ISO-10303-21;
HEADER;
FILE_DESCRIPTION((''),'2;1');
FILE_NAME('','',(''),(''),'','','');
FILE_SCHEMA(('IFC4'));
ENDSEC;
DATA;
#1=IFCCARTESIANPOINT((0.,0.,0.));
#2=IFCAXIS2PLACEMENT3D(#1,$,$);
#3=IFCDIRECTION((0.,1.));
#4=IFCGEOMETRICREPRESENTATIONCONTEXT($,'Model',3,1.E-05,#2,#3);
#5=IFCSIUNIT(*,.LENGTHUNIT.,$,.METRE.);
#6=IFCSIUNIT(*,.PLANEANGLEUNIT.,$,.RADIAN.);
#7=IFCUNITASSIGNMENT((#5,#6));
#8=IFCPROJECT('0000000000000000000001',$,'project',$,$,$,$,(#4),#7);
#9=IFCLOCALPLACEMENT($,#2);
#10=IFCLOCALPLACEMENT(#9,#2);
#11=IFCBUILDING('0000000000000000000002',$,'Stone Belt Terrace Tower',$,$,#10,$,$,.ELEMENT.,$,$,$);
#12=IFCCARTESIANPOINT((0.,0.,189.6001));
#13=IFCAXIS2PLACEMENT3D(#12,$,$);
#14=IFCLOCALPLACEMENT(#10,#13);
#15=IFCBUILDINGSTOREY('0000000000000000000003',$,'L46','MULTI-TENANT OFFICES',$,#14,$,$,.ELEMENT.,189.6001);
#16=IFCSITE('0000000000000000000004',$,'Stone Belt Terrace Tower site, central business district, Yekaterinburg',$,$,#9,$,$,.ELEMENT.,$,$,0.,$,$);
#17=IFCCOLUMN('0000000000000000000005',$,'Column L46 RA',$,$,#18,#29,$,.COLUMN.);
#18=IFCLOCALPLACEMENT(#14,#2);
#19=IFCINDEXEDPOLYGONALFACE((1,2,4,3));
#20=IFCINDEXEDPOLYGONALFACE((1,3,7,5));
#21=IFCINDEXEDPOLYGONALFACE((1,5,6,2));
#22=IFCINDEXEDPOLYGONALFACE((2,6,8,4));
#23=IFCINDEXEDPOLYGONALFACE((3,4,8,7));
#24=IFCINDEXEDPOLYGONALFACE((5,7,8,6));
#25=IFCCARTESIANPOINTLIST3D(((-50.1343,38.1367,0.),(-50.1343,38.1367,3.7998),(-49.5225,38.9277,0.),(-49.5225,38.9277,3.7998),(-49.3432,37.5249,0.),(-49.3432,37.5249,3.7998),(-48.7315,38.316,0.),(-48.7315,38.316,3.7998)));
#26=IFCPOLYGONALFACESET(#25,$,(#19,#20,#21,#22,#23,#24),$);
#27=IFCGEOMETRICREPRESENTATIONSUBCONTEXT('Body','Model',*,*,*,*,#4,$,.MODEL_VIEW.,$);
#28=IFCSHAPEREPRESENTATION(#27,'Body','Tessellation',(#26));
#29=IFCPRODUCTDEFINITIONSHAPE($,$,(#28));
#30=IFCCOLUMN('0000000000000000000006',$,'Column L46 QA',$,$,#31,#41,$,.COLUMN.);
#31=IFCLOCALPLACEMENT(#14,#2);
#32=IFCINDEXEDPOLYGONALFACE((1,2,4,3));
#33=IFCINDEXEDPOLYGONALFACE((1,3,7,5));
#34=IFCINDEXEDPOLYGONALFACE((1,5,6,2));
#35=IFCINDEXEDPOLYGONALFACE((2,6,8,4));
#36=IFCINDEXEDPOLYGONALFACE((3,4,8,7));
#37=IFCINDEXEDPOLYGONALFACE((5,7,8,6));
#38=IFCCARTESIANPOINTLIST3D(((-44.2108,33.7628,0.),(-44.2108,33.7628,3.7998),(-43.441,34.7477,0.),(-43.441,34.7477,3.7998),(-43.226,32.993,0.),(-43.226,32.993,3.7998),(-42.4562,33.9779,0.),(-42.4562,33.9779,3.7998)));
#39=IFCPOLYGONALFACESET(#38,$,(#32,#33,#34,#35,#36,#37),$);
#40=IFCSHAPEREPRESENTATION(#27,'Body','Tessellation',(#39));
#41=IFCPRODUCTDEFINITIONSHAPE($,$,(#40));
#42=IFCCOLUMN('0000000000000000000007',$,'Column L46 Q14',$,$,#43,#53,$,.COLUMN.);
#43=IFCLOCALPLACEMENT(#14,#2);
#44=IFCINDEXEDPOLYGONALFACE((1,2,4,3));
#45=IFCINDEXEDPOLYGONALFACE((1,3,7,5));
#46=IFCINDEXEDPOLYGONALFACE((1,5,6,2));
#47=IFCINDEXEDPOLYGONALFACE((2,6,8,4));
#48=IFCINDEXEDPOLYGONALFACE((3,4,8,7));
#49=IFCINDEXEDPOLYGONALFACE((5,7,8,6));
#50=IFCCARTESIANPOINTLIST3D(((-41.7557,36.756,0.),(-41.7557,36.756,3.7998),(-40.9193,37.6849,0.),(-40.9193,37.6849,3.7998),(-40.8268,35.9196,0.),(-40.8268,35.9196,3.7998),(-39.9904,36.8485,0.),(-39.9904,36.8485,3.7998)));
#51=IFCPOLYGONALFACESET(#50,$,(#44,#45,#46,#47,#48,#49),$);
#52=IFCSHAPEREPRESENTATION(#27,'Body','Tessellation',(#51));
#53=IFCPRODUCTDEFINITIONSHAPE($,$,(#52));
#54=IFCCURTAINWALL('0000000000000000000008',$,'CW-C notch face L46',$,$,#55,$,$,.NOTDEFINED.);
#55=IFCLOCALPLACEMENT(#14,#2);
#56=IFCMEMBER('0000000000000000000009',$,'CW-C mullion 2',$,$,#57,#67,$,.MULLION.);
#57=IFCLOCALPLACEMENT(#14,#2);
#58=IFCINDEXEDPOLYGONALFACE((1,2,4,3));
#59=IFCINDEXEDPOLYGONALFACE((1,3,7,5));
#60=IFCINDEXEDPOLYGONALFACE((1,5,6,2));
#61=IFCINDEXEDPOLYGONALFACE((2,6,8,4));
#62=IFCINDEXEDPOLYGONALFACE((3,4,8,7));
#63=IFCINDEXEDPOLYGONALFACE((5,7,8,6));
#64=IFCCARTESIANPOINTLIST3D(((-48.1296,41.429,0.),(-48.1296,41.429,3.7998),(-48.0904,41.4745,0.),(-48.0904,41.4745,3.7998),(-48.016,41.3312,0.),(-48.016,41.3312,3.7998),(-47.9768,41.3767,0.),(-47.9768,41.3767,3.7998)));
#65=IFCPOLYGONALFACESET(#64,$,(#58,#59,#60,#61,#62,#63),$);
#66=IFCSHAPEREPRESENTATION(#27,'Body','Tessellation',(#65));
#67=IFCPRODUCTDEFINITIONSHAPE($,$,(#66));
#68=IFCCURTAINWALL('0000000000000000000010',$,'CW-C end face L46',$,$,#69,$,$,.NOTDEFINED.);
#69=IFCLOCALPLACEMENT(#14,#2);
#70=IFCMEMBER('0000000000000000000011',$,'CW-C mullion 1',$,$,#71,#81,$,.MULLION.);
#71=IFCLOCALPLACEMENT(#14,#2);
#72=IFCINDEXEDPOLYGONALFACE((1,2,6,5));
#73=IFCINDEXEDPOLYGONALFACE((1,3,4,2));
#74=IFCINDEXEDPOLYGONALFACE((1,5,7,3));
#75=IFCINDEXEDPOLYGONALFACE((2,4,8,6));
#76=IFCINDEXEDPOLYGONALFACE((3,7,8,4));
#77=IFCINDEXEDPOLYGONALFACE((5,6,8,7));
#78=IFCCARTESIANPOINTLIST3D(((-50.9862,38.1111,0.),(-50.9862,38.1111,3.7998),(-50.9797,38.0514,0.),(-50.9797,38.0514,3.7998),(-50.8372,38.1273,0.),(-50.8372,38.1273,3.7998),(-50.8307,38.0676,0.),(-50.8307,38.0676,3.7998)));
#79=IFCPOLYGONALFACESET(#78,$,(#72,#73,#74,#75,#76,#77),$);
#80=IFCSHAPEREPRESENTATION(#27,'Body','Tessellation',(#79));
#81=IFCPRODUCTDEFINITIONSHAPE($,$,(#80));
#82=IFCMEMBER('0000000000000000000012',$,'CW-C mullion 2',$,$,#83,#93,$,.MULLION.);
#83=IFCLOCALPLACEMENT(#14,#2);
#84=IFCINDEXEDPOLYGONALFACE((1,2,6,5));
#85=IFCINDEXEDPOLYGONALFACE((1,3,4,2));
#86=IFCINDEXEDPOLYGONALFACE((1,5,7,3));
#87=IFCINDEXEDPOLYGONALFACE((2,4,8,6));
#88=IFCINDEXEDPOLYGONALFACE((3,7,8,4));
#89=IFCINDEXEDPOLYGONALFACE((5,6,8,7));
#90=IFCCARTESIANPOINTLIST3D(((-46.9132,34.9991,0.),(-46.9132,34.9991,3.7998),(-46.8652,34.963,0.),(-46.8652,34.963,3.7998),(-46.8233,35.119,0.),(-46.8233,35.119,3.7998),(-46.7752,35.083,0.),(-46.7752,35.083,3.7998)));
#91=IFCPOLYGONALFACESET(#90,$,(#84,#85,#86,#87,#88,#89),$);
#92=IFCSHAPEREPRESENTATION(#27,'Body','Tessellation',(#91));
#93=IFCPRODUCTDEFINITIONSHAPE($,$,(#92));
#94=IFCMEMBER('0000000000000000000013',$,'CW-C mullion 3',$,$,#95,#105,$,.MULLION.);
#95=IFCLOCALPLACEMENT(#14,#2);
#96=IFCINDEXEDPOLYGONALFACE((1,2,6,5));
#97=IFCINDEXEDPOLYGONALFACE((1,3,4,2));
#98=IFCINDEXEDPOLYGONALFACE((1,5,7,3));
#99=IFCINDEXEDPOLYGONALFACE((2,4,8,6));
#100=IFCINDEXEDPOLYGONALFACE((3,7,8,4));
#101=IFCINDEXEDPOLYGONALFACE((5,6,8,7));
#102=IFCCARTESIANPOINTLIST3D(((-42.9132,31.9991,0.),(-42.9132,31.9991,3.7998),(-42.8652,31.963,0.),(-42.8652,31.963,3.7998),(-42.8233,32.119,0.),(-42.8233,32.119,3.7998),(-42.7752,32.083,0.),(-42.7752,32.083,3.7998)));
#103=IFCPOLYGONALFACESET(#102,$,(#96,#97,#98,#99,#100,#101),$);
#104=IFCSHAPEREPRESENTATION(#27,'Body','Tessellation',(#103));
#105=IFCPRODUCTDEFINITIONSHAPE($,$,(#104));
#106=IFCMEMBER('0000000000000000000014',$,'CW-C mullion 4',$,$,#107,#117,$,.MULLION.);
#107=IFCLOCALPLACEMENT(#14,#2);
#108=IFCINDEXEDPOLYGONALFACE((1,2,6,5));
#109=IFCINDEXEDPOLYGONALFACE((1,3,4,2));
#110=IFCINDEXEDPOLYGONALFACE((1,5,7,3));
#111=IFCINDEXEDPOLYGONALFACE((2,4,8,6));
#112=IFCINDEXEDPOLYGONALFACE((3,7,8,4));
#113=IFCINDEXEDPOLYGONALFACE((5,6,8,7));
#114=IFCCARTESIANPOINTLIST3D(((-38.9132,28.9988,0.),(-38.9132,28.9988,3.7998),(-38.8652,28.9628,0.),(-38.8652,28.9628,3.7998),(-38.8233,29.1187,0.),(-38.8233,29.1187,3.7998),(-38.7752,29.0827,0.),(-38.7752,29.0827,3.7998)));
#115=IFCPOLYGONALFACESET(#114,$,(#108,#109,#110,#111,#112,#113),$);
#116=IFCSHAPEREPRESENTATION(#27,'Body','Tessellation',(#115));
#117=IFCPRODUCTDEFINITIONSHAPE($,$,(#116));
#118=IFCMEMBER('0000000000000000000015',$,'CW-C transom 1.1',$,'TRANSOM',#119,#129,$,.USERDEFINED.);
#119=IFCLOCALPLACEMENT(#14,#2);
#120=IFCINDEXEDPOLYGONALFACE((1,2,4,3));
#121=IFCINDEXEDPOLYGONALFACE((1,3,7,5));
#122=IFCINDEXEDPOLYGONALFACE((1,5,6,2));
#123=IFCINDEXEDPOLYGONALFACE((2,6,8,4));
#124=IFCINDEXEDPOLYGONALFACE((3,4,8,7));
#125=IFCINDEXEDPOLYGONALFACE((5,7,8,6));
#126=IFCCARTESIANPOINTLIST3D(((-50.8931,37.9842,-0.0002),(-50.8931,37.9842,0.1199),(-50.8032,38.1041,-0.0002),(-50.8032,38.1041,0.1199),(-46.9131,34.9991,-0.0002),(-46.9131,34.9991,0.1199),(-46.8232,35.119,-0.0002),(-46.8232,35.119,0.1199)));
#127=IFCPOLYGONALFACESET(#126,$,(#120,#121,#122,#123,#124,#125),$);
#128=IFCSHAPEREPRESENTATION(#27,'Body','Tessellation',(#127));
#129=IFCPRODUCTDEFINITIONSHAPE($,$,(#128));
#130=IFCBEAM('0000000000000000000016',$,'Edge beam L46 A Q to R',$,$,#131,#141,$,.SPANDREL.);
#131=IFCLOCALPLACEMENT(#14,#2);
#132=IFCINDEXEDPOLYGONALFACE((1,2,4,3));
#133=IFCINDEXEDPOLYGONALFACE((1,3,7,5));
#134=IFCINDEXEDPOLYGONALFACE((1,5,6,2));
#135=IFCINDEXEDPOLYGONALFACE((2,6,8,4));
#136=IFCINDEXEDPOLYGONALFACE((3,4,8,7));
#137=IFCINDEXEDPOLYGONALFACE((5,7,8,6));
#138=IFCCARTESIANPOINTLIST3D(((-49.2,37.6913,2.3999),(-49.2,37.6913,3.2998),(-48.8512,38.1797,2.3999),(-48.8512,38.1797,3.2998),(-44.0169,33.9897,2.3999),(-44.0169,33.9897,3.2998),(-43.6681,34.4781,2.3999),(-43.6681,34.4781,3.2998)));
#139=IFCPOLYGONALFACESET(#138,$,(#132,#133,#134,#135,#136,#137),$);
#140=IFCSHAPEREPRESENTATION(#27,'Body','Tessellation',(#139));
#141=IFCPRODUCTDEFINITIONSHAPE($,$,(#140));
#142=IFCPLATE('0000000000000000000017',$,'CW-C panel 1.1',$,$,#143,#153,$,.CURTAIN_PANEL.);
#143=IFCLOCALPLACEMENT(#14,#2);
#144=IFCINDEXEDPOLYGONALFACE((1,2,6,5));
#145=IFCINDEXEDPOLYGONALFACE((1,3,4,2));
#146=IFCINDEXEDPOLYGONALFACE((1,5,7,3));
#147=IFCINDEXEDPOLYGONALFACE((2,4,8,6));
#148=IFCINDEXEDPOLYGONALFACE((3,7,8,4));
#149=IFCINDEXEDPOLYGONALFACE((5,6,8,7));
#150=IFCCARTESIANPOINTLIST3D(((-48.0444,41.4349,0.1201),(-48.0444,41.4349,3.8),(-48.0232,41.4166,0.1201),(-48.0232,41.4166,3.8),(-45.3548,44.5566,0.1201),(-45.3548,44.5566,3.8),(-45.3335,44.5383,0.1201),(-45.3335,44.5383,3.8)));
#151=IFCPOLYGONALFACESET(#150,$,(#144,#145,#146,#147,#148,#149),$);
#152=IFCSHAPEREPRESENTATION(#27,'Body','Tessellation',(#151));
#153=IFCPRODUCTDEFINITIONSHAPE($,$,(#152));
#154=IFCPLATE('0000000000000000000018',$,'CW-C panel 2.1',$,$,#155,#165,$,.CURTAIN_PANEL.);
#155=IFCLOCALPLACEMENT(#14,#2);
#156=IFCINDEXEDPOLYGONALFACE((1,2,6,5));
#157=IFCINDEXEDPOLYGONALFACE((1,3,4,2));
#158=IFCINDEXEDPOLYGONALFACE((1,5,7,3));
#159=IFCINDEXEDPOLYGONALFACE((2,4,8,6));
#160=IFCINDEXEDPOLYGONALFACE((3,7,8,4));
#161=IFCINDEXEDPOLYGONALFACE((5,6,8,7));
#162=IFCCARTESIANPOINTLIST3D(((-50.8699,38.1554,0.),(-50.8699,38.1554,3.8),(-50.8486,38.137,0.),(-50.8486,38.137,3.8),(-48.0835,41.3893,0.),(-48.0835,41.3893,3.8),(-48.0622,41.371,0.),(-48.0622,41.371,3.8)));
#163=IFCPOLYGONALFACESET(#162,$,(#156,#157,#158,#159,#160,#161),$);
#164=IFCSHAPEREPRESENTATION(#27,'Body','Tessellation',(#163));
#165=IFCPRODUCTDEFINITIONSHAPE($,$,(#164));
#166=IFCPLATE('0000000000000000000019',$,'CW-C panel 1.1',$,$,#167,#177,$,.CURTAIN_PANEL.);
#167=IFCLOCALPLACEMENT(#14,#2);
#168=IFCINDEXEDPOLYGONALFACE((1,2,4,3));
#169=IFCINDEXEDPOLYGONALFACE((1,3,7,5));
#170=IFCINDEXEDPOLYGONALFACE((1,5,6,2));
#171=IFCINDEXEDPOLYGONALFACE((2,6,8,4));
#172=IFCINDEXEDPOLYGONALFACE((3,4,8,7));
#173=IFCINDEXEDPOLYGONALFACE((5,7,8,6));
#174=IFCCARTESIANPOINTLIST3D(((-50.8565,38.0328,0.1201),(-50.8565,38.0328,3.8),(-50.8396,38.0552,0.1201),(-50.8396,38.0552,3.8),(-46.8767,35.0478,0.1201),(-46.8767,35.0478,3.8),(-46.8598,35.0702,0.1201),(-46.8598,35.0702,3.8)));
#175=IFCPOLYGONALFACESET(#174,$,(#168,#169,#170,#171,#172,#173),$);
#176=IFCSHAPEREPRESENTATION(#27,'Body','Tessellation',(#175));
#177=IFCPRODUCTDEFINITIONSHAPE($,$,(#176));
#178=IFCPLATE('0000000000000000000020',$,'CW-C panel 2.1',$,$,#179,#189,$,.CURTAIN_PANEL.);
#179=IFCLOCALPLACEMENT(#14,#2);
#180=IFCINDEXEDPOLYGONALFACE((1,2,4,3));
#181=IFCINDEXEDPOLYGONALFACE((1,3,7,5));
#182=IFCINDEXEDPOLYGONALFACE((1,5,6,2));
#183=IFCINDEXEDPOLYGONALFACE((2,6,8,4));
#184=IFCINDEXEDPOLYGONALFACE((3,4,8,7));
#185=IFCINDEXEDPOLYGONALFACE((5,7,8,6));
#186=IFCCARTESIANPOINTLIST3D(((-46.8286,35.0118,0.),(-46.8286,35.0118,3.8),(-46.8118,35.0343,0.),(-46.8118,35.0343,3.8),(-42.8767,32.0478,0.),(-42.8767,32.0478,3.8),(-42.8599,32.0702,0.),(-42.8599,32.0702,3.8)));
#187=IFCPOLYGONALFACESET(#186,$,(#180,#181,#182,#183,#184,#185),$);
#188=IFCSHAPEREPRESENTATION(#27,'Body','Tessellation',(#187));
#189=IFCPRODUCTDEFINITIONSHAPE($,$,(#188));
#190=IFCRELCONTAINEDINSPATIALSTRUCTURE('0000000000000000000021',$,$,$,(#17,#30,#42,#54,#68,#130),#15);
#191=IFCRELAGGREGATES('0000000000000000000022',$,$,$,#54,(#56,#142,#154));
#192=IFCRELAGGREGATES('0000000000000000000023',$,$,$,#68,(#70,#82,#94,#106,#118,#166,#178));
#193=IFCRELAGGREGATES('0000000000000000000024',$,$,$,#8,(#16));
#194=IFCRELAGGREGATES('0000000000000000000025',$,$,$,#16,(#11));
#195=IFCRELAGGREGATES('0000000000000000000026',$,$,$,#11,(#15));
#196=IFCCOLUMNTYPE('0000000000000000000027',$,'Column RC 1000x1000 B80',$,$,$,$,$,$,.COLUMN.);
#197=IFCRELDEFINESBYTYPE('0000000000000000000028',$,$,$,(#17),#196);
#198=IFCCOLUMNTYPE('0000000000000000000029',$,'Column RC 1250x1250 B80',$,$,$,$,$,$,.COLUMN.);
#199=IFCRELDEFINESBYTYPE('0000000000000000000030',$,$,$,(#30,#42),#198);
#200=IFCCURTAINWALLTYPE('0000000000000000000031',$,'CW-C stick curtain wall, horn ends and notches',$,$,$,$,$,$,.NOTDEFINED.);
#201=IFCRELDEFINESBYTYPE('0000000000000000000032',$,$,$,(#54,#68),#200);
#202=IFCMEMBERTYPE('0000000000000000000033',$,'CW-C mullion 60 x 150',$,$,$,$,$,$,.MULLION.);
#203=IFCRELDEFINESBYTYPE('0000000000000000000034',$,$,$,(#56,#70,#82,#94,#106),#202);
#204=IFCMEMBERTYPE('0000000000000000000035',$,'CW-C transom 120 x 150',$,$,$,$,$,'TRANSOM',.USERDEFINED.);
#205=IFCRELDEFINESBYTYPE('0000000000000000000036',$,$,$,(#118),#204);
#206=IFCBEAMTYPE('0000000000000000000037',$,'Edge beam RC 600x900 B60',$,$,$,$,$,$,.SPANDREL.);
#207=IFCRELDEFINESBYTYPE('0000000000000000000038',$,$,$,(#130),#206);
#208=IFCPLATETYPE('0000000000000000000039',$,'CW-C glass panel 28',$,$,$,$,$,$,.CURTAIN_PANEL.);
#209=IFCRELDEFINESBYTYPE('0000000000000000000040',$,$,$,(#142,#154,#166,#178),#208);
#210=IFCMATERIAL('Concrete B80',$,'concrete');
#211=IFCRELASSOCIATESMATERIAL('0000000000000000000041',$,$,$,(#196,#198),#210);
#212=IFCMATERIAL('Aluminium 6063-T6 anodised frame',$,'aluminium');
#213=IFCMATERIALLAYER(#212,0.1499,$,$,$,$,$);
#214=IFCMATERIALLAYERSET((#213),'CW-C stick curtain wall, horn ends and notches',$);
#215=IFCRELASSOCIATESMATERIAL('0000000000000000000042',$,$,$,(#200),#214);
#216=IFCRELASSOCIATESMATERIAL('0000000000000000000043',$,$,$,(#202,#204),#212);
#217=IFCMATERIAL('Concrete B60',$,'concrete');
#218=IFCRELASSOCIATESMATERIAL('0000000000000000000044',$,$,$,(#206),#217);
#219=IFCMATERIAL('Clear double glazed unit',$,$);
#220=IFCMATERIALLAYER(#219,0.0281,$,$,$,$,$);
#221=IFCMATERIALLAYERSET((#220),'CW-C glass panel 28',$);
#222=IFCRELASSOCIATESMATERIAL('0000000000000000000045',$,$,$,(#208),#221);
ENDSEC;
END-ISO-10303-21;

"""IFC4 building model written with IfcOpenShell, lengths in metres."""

from ifc_helpers import new_model, si_unit, direction, frame, origin, origin_2d, place, context, subcontext, project, spatial, rectangle, extrude, material, layer, layer_set, material_profile, profile_set, type_object, element, aggregate, save


model = new_model("IFC4")

# Units and contexts
model_context = context("Model", 3, precision=1e-05, world=origin(), true_north=direction((0.0, 1.0)))
body_context = subcontext(model_context, "Body", "Model", "MODEL_VIEW")
ifc_project = project(units=[si_unit("LENGTHUNIT", "METRE"), si_unit("PLANEANGLEUNIT", "RADIAN")], contexts=[model_context])

# Site, building, storey
site_placement = place(None, origin())
site = spatial("IfcSite", under=ifc_project, at=site_placement, Name="Stone Belt Terrace Tower site, central business district, Yekaterinburg", CompositionType="ELEMENT", RefElevation=0.0)
building_placement = place(site_placement, origin())
building = spatial("IfcBuilding", under=site, at=building_placement, Name="Stone Belt Terrace Tower", CompositionType="ELEMENT")
storey_placement = place(building_placement, frame((0.0, 0.0, 189.6001)))
storey = spatial("IfcBuildingStorey", under=building, at=storey_placement, Name="L46", Description="MULTI-TENANT OFFICES", CompositionType="ELEMENT", Elevation=189.6001)

# Columns
ifc_material_1 = material(Name="Concrete B80", Category="concrete")
ifc_material_profile_1 = material_profile(ifc_material_1, rectangle(XDim=1.0, YDim=1.0, at=origin_2d()), Name="RC 1000x1000")
ifc_profile_set_1 = profile_set([ifc_material_profile_1], Name="Concrete B80")
column_type_1 = type_object("IfcColumnType", Name="Column RC 1000x1000 B80", PredefinedType="COLUMN", material=ifc_profile_set_1)
column_placement = place(storey_placement, frame((-49.4329, 38.2263, 0.0), z_axis=(0.0, 0.0, 1.0), x_axis=(0.61173, 0.791067, 0.0)))
element("IfcColumn", 1, at=column_placement, inside=storey, type_object=column_type_1, Name="Column L46 RA", PredefinedType="COLUMN", context=body_context, shape_type="SweptSolid", body=[
    extrude(rectangle(XDim=1.0, YDim=1.0, at=origin_2d()), origin(), (0.0, 0.0, 1.0), 3.7998),
])
ifc_material_profile_2 = material_profile(ifc_material_1, rectangle(XDim=1.25, YDim=1.25, at=origin_2d()), Name="RC 1250x1250")
ifc_profile_set_2 = profile_set([ifc_material_profile_2], Name="Concrete B80")
column_type_2 = type_object("IfcColumnType", Name="Column RC 1250x1250 B80", PredefinedType="COLUMN", material=ifc_profile_set_2)
for number, where, z_axis, x_axis, name in (
    (2, (-43.3335, 33.8704, 0.0), (0.0, 0.0, 1.0), (0.615825, 0.787883, 0.0), "Column L46 QA"),
    (3, (-40.873, 36.8022, 0.0), (0.0, 0.0, 1.0), (0.669131, 0.743145, 0.0), "Column L46 Q14"),
):
    element("IfcColumn", number, at=place(storey_placement, frame(where, z_axis=z_axis, x_axis=x_axis)), inside=storey, type_object=column_type_2, Name=name, PredefinedType="COLUMN", context=body_context, shape_type="SweptSolid", body=[
        extrude(rectangle(XDim=1.25, YDim=1.25, at=origin_2d()), origin(), (0.0, 0.0, 1.0), 3.7998),
    ])

# Curtain wall, member
ifc_material_2 = material(Name="Aluminium 6063-T6 anodised frame", Category="aluminium")
ifc_layer_1 = layer(ifc_material_2, 0.1499)
ifc_layer_set_1 = layer_set([ifc_layer_1], Name="CW-C stick curtain wall, horn ends and notches")
curtain_wall_type = type_object("IfcCurtainWallType", Name="CW-C stick curtain wall, horn ends and notches", PredefinedType="NOTDEFINED", material=ifc_layer_set_1)
curtain_wall_1_placement = place(storey_placement, origin())
curtain_wall_1 = element("IfcCurtainWall", 4, at=curtain_wall_1_placement, inside=storey, type_object=curtain_wall_type, Name="CW-C notch face L46", PredefinedType="NOTDEFINED")
ifc_material_profile_3 = material_profile(ifc_material_2, rectangle(XDim=0.1499, YDim=0.0601, at=origin_2d()), Name="Aluminium 6063-T6 60x150")
ifc_profile_set_3 = profile_set([ifc_material_profile_3], Name="Aluminium 6063-T6 anodised frame")
member_type_1 = type_object("IfcMemberType", Name="CW-C mullion 60 x 150", PredefinedType="MULLION", material=ifc_profile_set_3)
member_1_placement = place(storey_placement, frame((-48.0532, 41.4028, 0.0), z_axis=(0.0, 0.0, 1.0), x_axis=(0.757584, -0.652738, 0.0)))
member_1 = element("IfcMember", 5, at=member_1_placement, type_object=member_type_1, Name="CW-C mullion 2", PredefinedType="MULLION", context=body_context, shape_type="SweptSolid", body=[
    extrude(rectangle(XDim=0.1499, YDim=0.0601, at=origin_2d()), origin(), (0.0, 0.0, 1.0), 3.7998),
])

# Curtain wall, members
curtain_wall_2_placement = place(storey_placement, origin())
curtain_wall_2 = element("IfcCurtainWall", 6, at=curtain_wall_2_placement, inside=storey, type_object=curtain_wall_type, Name="CW-C end face L46", PredefinedType="NOTDEFINED")
member_2_placement = place(storey_placement, frame((-50.9084, 38.0894, 0.0), z_axis=(0.0, 0.0, 1.0), x_axis=(0.994169, 0.10783, 0.0)))
member_2 = element("IfcMember", 7, at=member_2_placement, type_object=member_type_1, Name="CW-C mullion 1", PredefinedType="MULLION", context=body_context, shape_type="SweptSolid", body=[
    extrude(rectangle(XDim=0.1499, YDim=0.0601, at=origin_2d()), origin(), (0.0, 0.0, 1.0), 3.7998),
])
member_3_placement = place(storey_placement, frame((-46.8442, 35.041, 0.0), z_axis=(0.0, 0.0, 1.0), x_axis=(0.600018, 0.799987, 0.0)))
member_3 = element("IfcMember", 8, at=member_3_placement, type_object=member_type_1, Name="CW-C mullion 2", PredefinedType="MULLION", context=body_context, shape_type="SweptSolid", body=[
    extrude(rectangle(XDim=0.1499, YDim=0.0601, at=origin_2d()), origin(), (0.0, 0.0, 1.0), 3.7998),
])
member_4_placement = place(storey_placement, frame((-42.8442, 32.041, 0.0), z_axis=(0.0, 0.0, 1.0), x_axis=(0.600018, 0.799987, 0.0)))
member_4 = element("IfcMember", 9, at=member_4_placement, type_object=member_type_1, Name="CW-C mullion 3", PredefinedType="MULLION", context=body_context, shape_type="SweptSolid", body=[
    extrude(rectangle(XDim=0.1499, YDim=0.0601, at=origin_2d()), origin(), (0.0, 0.0, 1.0), 3.7998),
])
member_5_placement = place(storey_placement, frame((-38.8442, 29.0408, 0.0), z_axis=(0.0, 0.0, 1.0), x_axis=(0.600018, 0.799987, 0.0)))
member_5 = element("IfcMember", 10, at=member_5_placement, type_object=member_type_1, Name="CW-C mullion 4", PredefinedType="MULLION", context=body_context, shape_type="SweptSolid", body=[
    extrude(rectangle(XDim=0.1499, YDim=0.0601, at=origin_2d()), origin(), (0.0, 0.0, 1.0), 3.7998),
])
ifc_material_profile_4 = material_profile(ifc_material_2, rectangle(XDim=0.1499, YDim=0.1201, at=origin_2d()), Name="Aluminium 6063-T6 150x120")
ifc_profile_set_4 = profile_set([ifc_material_profile_4], Name="Aluminium 6063-T6 anodised frame")
member_type_2 = type_object("IfcMemberType", Name="CW-C transom 120 x 150", ElementType="TRANSOM", PredefinedType="USERDEFINED", material=ifc_profile_set_4)
member_6_placement = place(storey_placement, frame((-50.8481, 38.0442, 0.0598), z_axis=(0.799988, -0.600016, 0.0), x_axis=(0.600016, 0.799988, 0.0)))
member_6 = element("IfcMember", 11, at=member_6_placement, type_object=member_type_2, Name="CW-C transom 1.1", ObjectType="TRANSOM", PredefinedType="USERDEFINED", context=body_context, shape_type="SweptSolid", body=[
    extrude(rectangle(XDim=0.1499, YDim=0.1201, at=origin_2d()), origin(), (0.0, 0.0, 1.0), 4.9751),
])

# Beam
ifc_material_3 = material(Name="Concrete B60", Category="concrete")
ifc_material_profile_5 = material_profile(ifc_material_3, rectangle(XDim=0.6001, YDim=0.8999, at=origin_2d()), Name="RC 600x900")
ifc_profile_set_5 = profile_set([ifc_material_profile_5], Name="Concrete B60")
beam_type = type_object("IfcBeamType", Name="Edge beam RC 600x900 B60", PredefinedType="SPANDREL", material=ifc_profile_set_5)
beam_placement = place(storey_placement, frame((-43.8425, 34.2339, 2.8499), z_axis=(-0.813775, 0.58118, 0.0), x_axis=(-0.58118, -0.813775, 0.0)))
element("IfcBeam", 12, at=beam_placement, inside=storey, type_object=beam_type, Name="Edge beam L46 A Q to R", PredefinedType="SPANDREL", context=body_context, shape_type="SweptSolid", body=[
    extrude(rectangle(XDim=0.6001, YDim=0.8999, at=origin_2d()), origin(), (0.0, 0.0, 1.0), 6.3691),
])

# Plates
ifc_material_4 = material(Name="Clear double glazed unit")
ifc_layer_2 = layer(ifc_material_4, 0.0281)
ifc_layer_set_2 = layer_set([ifc_layer_2], Name="CW-C glass panel 28")
plate_type = type_object("IfcPlateType", Name="CW-C glass panel 28", PredefinedType="CURTAIN_PANEL", material=ifc_layer_set_2)
plate_1_placement = place(storey_placement, frame((-46.689, 42.9866, 0.1201), z_axis=(0.0, 0.0, 1.0), x_axis=(-0.652738, -0.757584, 0.0)))
plate_1 = element("IfcPlate", 13, at=plate_1_placement, type_object=plate_type, Name="CW-C panel 1.1", PredefinedType="CURTAIN_PANEL", context=body_context, shape_type="SweptSolid", body=[
    extrude(rectangle(XDim=4.1206, YDim=0.0281, at=origin_2d()), origin(), (0.0, 0.0, 1.0), 3.6799),
])
plate_2_placement = place(storey_placement, frame((-49.4661, 39.7632, 0.0), z_axis=(0.0, 0.0, 1.0), x_axis=(-0.652738, -0.757584, 0.0)))
plate_2 = element("IfcPlate", 14, at=plate_2_placement, type_object=plate_type, Name="CW-C panel 2.1", PredefinedType="CURTAIN_PANEL", context=body_context, shape_type="SweptSolid", body=[
    extrude(rectangle(XDim=4.2688, YDim=0.0281, at=origin_2d()), origin(), (0.0, 0.0, 1.0), 3.8),
])
aggregate(curtain_wall_1, [member_1, plate_1, plate_2])
plate_3_placement = place(storey_placement, frame((-48.8582, 36.5515, 0.1201), z_axis=(0.0, 0.0, 1.0), x_axis=(0.799987, -0.600018, 0.0)))
plate_3 = element("IfcPlate", 15, at=plate_3_placement, type_object=plate_type, Name="CW-C panel 1.1", PredefinedType="CURTAIN_PANEL", context=body_context, shape_type="SweptSolid", body=[
    extrude(rectangle(XDim=4.9749, YDim=0.0281, at=origin_2d()), origin(), (0.0, 0.0, 1.0), 3.6799),
])
plate_4_placement = place(storey_placement, frame((-44.8442, 33.541, 0.0), z_axis=(0.0, 0.0, 1.0), x_axis=(0.799987, -0.600018, 0.0)))
plate_4 = element("IfcPlate", 16, at=plate_4_placement, type_object=plate_type, Name="CW-C panel 2.1", PredefinedType="CURTAIN_PANEL", context=body_context, shape_type="SweptSolid", body=[
    extrude(rectangle(XDim=4.9399, YDim=0.0281, at=origin_2d()), origin(), (0.0, 0.0, 1.0), 3.8),
])
aggregate(curtain_wall_2, [member_2, member_3, member_4, member_5, member_6, plate_3, plate_4])

save(model, "model.ifc")
